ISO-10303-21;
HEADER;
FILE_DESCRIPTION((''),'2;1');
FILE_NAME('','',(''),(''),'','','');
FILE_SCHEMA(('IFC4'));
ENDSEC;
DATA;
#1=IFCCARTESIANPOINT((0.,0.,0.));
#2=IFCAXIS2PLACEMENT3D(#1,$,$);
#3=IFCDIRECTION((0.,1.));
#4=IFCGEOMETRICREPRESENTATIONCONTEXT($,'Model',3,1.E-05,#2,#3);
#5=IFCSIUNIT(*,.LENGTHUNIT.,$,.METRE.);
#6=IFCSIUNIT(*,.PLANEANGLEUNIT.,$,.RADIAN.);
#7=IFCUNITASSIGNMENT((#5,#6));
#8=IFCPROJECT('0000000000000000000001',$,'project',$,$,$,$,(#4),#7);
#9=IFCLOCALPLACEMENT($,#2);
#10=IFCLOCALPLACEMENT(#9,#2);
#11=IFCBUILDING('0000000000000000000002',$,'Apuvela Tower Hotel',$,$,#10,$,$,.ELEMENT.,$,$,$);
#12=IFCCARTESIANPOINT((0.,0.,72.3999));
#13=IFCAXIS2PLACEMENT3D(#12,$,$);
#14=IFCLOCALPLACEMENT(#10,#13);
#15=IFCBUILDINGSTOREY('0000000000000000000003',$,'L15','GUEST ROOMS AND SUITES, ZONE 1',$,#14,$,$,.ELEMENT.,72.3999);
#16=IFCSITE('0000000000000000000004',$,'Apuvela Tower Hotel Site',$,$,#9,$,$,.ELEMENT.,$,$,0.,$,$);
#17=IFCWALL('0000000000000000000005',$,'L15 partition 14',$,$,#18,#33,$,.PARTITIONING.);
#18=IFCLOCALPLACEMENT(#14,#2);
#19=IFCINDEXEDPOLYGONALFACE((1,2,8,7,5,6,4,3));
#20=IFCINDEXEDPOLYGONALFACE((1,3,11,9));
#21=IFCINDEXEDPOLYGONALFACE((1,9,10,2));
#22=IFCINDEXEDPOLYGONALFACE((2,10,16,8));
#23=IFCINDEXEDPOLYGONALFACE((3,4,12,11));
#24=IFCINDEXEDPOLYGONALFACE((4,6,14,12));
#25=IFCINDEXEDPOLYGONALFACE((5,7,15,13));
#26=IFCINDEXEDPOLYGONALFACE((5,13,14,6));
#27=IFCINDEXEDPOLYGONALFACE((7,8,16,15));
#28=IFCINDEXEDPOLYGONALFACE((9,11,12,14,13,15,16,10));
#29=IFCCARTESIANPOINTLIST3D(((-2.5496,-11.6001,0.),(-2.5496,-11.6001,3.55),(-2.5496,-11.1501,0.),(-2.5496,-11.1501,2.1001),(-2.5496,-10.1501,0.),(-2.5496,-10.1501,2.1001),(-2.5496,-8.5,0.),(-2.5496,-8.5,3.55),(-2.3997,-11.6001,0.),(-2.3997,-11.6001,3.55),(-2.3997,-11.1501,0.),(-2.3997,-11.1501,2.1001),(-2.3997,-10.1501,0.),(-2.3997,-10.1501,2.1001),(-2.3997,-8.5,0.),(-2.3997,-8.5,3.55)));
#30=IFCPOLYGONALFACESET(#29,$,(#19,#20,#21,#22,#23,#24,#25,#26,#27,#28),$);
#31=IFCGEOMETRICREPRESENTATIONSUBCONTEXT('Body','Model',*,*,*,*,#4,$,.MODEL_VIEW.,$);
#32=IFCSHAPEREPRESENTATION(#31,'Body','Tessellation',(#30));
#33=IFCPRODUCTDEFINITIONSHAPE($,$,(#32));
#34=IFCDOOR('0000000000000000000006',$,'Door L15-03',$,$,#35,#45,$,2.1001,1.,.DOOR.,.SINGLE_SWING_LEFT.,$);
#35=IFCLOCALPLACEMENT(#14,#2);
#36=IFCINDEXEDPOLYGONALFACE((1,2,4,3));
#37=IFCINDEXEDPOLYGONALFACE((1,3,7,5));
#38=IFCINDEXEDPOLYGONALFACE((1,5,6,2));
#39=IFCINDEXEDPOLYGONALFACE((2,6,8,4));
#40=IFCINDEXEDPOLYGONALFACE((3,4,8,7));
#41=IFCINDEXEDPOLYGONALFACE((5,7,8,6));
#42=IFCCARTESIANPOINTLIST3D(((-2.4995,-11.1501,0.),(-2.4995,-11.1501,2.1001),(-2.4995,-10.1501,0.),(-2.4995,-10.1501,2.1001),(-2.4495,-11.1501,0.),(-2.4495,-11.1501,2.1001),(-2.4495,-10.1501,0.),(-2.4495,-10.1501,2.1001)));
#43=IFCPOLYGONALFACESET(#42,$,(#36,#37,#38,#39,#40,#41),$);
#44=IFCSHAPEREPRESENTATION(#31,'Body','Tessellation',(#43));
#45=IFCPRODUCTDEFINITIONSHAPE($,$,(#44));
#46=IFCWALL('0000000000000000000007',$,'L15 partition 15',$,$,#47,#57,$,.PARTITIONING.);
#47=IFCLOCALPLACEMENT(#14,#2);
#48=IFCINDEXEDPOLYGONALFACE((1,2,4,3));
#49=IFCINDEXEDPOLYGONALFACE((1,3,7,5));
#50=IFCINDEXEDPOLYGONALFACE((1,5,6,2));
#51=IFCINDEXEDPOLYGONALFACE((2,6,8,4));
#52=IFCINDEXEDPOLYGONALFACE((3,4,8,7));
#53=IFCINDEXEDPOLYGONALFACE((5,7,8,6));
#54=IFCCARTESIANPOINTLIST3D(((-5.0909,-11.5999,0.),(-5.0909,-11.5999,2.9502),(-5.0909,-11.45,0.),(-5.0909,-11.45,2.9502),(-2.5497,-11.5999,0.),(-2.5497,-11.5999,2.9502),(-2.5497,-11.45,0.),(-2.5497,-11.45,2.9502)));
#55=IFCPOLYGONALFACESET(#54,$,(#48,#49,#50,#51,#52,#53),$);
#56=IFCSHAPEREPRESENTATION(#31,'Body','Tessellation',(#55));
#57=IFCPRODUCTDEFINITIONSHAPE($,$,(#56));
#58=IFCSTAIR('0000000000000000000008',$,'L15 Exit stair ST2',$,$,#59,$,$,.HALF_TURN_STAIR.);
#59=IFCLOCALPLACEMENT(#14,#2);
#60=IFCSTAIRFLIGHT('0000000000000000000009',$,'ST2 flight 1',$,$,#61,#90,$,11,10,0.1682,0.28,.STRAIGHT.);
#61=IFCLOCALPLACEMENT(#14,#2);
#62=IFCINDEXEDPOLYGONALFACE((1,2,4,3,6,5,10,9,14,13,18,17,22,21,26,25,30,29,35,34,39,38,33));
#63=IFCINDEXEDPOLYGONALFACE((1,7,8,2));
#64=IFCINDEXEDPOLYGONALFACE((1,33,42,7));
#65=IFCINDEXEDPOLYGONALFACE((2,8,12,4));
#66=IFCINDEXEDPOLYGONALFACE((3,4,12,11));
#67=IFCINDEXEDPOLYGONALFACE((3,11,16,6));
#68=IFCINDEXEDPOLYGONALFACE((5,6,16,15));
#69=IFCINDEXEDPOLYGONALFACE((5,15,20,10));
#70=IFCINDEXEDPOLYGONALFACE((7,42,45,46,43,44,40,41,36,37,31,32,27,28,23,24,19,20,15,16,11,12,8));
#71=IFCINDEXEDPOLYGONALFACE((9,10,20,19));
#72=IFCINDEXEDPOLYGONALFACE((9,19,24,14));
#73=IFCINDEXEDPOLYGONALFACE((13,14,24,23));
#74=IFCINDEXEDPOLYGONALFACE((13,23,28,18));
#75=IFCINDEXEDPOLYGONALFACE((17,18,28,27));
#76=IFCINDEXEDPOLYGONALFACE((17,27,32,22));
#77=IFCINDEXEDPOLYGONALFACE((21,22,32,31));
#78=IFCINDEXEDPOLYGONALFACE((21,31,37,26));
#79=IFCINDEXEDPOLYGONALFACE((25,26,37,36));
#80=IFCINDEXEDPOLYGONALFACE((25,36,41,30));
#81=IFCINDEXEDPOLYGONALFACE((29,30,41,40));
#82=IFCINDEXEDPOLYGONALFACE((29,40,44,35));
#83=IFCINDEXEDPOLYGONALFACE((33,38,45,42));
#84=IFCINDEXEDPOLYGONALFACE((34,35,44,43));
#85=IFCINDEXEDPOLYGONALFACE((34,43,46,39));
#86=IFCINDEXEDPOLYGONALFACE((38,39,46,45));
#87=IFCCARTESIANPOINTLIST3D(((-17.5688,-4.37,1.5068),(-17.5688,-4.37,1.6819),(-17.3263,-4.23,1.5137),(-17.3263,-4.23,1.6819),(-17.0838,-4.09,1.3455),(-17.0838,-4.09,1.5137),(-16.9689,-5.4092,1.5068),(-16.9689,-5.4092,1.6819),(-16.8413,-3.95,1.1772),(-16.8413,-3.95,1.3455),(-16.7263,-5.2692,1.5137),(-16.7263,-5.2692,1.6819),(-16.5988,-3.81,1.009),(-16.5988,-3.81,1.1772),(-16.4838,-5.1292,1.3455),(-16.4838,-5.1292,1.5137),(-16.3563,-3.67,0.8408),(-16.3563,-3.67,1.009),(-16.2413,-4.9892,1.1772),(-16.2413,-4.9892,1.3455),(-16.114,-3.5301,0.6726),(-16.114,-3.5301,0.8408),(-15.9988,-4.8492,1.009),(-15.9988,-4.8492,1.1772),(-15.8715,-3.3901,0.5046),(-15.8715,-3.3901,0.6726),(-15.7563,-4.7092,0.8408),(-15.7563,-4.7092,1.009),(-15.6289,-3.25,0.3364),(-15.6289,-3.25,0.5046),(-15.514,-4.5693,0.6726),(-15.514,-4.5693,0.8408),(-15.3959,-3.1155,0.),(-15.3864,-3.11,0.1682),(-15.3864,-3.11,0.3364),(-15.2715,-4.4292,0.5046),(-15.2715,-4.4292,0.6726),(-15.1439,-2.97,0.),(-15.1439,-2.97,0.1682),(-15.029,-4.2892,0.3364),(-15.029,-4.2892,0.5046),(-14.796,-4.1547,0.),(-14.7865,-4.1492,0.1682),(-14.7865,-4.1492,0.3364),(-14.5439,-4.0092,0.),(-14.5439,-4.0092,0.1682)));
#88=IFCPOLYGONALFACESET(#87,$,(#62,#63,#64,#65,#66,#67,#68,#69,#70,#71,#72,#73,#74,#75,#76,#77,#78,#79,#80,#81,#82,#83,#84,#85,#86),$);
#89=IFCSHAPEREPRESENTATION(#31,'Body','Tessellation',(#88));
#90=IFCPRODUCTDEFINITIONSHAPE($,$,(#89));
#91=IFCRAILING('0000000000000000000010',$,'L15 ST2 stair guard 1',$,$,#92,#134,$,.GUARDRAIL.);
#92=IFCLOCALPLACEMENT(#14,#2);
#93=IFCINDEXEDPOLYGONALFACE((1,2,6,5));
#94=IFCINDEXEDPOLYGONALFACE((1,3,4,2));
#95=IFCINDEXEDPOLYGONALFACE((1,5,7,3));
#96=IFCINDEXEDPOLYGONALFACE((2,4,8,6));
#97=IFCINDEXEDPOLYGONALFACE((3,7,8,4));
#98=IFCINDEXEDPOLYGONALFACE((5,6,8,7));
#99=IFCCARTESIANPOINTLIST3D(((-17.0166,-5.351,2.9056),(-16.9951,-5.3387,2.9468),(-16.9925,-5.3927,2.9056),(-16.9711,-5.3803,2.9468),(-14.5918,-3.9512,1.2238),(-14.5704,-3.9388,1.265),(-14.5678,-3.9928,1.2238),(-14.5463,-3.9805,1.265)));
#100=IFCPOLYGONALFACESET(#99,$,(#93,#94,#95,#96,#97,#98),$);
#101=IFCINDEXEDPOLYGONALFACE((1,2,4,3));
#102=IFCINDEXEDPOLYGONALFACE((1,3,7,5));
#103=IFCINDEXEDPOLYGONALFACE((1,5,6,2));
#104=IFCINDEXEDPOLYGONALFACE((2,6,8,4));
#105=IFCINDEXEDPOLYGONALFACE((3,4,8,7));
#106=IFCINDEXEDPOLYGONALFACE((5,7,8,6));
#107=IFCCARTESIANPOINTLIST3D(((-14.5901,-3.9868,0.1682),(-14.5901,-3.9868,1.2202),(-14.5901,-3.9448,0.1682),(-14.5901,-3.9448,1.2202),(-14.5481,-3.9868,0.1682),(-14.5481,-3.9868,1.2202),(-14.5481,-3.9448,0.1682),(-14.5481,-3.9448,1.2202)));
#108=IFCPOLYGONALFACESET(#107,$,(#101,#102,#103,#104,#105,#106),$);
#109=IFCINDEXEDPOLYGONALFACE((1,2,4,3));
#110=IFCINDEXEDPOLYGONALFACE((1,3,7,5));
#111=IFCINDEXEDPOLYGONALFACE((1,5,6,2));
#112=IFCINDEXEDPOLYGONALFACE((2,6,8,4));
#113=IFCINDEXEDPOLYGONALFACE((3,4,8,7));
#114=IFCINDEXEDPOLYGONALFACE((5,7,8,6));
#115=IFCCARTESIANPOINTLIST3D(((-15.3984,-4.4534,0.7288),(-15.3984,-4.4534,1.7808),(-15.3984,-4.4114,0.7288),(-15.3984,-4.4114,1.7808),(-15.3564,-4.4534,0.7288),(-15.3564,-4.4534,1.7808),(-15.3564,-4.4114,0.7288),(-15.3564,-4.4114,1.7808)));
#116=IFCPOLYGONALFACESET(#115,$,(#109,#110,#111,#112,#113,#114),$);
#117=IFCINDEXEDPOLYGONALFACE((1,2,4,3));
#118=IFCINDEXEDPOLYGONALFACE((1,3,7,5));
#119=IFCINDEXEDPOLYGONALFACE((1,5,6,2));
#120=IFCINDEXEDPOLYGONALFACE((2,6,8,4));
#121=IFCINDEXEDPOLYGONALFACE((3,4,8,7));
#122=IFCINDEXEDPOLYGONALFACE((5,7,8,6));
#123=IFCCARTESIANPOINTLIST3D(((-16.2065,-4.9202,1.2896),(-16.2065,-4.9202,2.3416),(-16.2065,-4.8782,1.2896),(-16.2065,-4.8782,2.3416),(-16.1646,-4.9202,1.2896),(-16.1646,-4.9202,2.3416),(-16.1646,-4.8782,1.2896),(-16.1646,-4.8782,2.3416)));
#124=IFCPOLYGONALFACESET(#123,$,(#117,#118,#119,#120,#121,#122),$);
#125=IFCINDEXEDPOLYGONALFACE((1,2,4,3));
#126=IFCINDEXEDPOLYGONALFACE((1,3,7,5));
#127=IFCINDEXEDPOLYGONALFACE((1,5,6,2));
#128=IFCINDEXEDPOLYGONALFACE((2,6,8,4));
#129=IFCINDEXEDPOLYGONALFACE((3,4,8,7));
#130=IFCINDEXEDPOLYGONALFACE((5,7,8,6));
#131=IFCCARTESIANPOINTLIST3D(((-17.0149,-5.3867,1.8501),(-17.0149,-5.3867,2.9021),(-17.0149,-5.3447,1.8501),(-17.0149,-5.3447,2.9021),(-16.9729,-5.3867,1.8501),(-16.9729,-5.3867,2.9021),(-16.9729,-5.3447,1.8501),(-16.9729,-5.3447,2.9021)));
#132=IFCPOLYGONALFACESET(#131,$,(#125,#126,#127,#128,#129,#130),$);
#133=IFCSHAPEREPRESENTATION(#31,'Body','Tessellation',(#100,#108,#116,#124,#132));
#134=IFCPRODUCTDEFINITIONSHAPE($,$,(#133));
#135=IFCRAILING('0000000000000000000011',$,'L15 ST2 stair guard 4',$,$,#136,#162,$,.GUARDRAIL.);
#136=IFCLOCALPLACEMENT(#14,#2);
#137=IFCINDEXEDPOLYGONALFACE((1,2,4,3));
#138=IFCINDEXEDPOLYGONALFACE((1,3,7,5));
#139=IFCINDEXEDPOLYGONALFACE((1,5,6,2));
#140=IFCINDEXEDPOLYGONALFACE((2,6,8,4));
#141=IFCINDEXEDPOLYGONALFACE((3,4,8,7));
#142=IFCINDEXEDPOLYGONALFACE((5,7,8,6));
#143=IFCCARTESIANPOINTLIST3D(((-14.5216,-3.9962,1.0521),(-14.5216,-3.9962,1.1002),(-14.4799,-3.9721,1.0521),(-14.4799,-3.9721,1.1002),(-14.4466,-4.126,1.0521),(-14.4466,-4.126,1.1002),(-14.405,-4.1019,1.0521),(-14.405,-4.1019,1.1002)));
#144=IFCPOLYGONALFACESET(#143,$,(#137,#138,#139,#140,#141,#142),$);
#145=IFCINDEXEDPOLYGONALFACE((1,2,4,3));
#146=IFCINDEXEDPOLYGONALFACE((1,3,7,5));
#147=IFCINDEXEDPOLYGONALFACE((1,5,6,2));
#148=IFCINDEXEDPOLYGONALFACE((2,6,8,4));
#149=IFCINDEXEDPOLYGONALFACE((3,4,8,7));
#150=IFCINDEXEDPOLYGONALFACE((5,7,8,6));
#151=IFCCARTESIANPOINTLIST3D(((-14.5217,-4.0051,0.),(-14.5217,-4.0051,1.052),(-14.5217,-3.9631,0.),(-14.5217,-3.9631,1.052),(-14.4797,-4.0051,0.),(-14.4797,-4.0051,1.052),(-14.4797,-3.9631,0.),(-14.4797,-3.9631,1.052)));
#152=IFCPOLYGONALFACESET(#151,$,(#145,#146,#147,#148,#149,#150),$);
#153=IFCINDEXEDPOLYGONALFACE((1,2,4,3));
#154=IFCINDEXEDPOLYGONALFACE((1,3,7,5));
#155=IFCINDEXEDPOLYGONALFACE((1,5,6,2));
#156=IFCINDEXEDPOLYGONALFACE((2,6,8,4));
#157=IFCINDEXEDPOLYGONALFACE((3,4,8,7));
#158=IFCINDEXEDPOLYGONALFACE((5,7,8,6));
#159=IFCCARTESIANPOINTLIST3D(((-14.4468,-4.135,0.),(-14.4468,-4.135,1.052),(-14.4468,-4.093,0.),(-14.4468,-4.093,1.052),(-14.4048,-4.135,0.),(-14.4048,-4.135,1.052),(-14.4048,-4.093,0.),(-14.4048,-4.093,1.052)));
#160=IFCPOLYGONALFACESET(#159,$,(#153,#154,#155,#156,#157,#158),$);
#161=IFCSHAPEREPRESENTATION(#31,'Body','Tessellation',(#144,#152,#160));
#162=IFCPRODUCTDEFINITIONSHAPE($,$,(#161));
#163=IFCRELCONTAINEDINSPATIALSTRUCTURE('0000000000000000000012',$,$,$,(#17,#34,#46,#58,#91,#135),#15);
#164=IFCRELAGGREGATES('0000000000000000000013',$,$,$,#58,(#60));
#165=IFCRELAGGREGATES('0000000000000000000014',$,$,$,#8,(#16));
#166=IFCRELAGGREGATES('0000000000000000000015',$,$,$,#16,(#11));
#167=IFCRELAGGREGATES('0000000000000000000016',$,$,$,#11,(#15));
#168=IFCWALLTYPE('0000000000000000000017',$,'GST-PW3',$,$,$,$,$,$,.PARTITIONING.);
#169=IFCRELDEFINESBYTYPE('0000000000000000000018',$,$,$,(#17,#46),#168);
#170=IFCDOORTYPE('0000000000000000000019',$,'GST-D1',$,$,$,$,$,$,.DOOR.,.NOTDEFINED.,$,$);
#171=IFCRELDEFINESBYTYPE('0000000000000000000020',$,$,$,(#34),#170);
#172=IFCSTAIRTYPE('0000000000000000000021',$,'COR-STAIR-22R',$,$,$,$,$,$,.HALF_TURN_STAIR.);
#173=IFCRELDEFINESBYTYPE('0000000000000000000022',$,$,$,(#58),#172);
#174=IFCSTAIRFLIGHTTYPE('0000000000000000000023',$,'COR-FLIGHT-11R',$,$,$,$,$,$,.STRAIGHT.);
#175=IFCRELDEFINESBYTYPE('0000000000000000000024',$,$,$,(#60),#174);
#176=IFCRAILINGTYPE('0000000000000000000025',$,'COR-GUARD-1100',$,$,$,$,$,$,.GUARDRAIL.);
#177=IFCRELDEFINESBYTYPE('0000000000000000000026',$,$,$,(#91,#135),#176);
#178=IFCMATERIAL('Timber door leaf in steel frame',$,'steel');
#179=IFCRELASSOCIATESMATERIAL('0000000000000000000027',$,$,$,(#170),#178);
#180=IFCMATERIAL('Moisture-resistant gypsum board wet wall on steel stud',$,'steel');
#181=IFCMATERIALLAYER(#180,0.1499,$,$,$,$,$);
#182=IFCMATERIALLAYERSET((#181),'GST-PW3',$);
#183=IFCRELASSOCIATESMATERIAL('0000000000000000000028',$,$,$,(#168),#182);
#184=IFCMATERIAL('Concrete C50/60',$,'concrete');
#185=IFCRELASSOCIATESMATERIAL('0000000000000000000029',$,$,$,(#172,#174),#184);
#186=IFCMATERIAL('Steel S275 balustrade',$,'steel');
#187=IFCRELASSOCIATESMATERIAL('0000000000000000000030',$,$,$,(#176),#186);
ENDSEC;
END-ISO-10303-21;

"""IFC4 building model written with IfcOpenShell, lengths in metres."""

from ifc_helpers import new_model, si_unit, direction, frame, frame_2d, origin, origin_2d, place, context, subcontext, project, spatial, polyline, rectangle, outline, extrude, material, layer, layer_set, type_object, element, fill, aggregate, save


model = new_model("IFC4")

# Units and contexts
model_context = context("Model", 3, precision=1e-05, world=origin(), true_north=direction((0.0, 1.0)))
body_context = subcontext(model_context, "Body", "Model", "MODEL_VIEW")
ifc_project = project(units=[si_unit("LENGTHUNIT", "METRE"), si_unit("PLANEANGLEUNIT", "RADIAN")], contexts=[model_context])

# Site, building, storey
site_placement = place(None, origin())
site = spatial("IfcSite", under=ifc_project, at=site_placement, Name="Apuvela Tower Hotel Site", CompositionType="ELEMENT", RefElevation=0.0)
building_placement = place(site_placement, origin())
building = spatial("IfcBuilding", under=site, at=building_placement, Name="Apuvela Tower Hotel", CompositionType="ELEMENT")
storey_placement = place(building_placement, frame((0.0, 0.0, 72.3999)))
storey = spatial("IfcBuildingStorey", under=building, at=storey_placement, Name="L15", Description="GUEST ROOMS AND SUITES, ZONE 1", CompositionType="ELEMENT", Elevation=72.3999)

# Shared definitions
ifc_material_1 = material(Name="Concrete C50/60", Category="concrete")

# Wall, opening, door
ifc_material_2 = material(Name="Timber door leaf in steel frame", Category="steel")
door_type_1 = type_object("IfcDoorType", Name="GST-D1", OperationType="NOTDEFINED", PredefinedType="DOOR", material=ifc_material_2)
ifc_material_3 = material(Name="Moisture-resistant gypsum board wet wall on steel stud", Category="steel")
ifc_layer_1 = layer(ifc_material_3, 0.1499)
ifc_layer_set_1 = layer_set([ifc_layer_1], Name="GST-PW3")
wall_type_1 = type_object("IfcWallType", Name="GST-PW3", PredefinedType="PARTITIONING", material=ifc_layer_set_1)
wall_1_placement = place(storey_placement, frame((-2.4746, -11.6001, 0.0), z_axis=(0.0, 0.0, 1.0), x_axis=(0.0, 1.0, 0.0)))
wall_1 = element("IfcWall", 1, at=wall_1_placement, inside=storey, type_object=wall_type_1, Name="L15 partition 14", PredefinedType="PARTITIONING", context=body_context, shape_type="SweptSolid", body=[
    extrude(rectangle(XDim=3.1001, YDim=0.1499, at=frame_2d((1.55, 0.0))), origin(), (0.0, 0.0, 1.0), 3.55),
])
opening_1_placement = place(wall_1_placement, frame((0.45, 0.0, 0.0)))
opening_1 = element("IfcOpeningElement", 2, at=opening_1_placement, cuts=wall_1, PredefinedType="OPENING", context=body_context, shape_type="SweptSolid", body=[
    extrude(rectangle(XDim=1.0, YDim=2.1001, at=frame_2d((0.5, 1.05))), frame((0.0, 0.085, 0.0), z_axis=(0.0, -1.0, 0.0), x_axis=(1.0, 0.0, 0.0)), (0.0, 0.0, 1.0), 0.1699),
])
door_1_placement = place(opening_1_placement, origin())
door_1 = element("IfcDoor", 3, at=door_1_placement, inside=storey, type_object=door_type_1, Name="Door L15-03", OperationType="SINGLE_SWING_LEFT", OverallHeight=2.1001, OverallWidth=1.0, PredefinedType="DOOR", context=body_context, shape_type="SweptSolid", body=[
    extrude(rectangle(XDim=1.0, YDim=2.1001, at=frame_2d((0.5, 1.05))), frame((0.0, 0.0249, 0.0), z_axis=(0.0, -1.0, 0.0), x_axis=(1.0, 0.0, 0.0)), (0.0, 0.0, 1.0), 0.05),
])
fill(opening_1, door_1)

# Wall
wall_2_placement = place(storey_placement, frame((-5.0908, -11.5249, 0.0), z_axis=(0.0, 0.0, 1.0), x_axis=(1.0, 0.0, 0.0)))
element("IfcWall", 4, at=wall_2_placement, inside=storey, type_object=wall_type_1, Name="L15 partition 15", PredefinedType="PARTITIONING", context=body_context, shape_type="SweptSolid", body=[
    extrude(rectangle(XDim=2.5413, YDim=0.1499, at=frame_2d((1.2705, 0.0))), origin(), (0.0, 0.0, 1.0), 2.9502),
])

# Stair, stair flight
stair_type = type_object("IfcStairType", Name="COR-STAIR-22R", PredefinedType="HALF_TURN_STAIR", material=ifc_material_1)
stair_placement = place(storey_placement, origin())
stair = element("IfcStair", 5, at=stair_placement, inside=storey, type_object=stair_type, Name="L15 Exit stair ST2", PredefinedType="HALF_TURN_STAIR")
stair_flight_type = type_object("IfcStairFlightType", Name="COR-FLIGHT-11R", PredefinedType="STRAIGHT", material=ifc_material_1)
stair_flight_placement = place(storey_placement, frame((-14.844, -3.4895, 0.0), z_axis=(0.0, 0.0, 1.0), x_axis=(-0.866025, -0.5, 0.0)))
stair_flight = element("IfcStairFlight", 6, at=stair_flight_placement, type_object=stair_flight_type, Name="ST2 flight 1", NumberOfRisers=11, NumberOfTreads=10, PredefinedType="STRAIGHT", RiserHeight=0.1682, TreadLength=0.28, context=body_context, shape_type="SweptSolid", body=[
    extrude(outline(polyline([(0.0, 0.0), (0.0, 0.1682), (0.28, 0.1682), (0.28, 0.3364), (0.5601, 0.3364), (0.5601, 0.5046), (0.8401, 0.5046), (0.8401, 0.6726), (1.1201, 0.6726), (1.1201, 0.8408), (1.3999, 0.8408), (1.3999, 1.009), (1.6799, 1.009), (1.6799, 1.1772), (1.96, 1.1772), (1.96, 1.3455), (2.24, 1.3455), (2.24, 1.5137), (2.52, 1.5137), (2.52, 1.6819), (2.8, 1.6819), (2.8, 1.8501), (2.8, 1.5068), (0.291, 0.0), (0.0, 0.0)])), frame((0.0, 0.6001, 0.0), z_axis=(0.0, -1.0, 0.0), x_axis=(1.0, 0.0, 0.0)), (0.0, 0.0, 1.0), 1.2),
])
aggregate(stair, [stair_flight])

# Railings
ifc_material_4 = material(Name="Steel S275 balustrade", Category="steel")
railing_type = type_object("IfcRailingType", Name="COR-GUARD-1100", PredefinedType="GUARDRAIL", material=ifc_material_4)
railing_1_placement = place(storey_placement, frame((-14.5691, -3.9658, 0.1682)))
element("IfcRailing", 7, at=railing_1_placement, inside=storey, type_object=railing_type, Name="L15 ST2 stair guard 1", PredefinedType="GUARDRAIL", context=body_context, shape_type="SweptSolid", body=[
    extrude(rectangle(XDim=0.0481, YDim=0.0481, at=origin_2d()), frame((0.0, 0.0, 1.0762), z_axis=(-0.74239, -0.428601, 0.514934), x_axis=(0.499984, -0.866035, 0.0)), (0.0, 0.0, 1.0), 3.2661),
    extrude(rectangle(XDim=0.042, YDim=0.042, at=origin_2d()), origin(), (0.0, 0.0, 1.0), 1.052),
    extrude(rectangle(XDim=0.042, YDim=0.042, at=origin_2d()), frame((-0.8083, -0.4666, 0.5605)), (0.0, 0.0, 1.0), 1.052),
    extrude(rectangle(XDim=0.042, YDim=0.042, at=origin_2d()), frame((-1.6165, -0.9333, 1.1213)), (0.0, 0.0, 1.0), 1.052),
    extrude(rectangle(XDim=0.042, YDim=0.042, at=origin_2d()), frame((-2.4248, -1.3999, 1.6819)), (0.0, 0.0, 1.0), 1.052),
])
railing_2_placement = place(storey_placement, frame((-14.5007, -3.9841, 0.0)))
element("IfcRailing", 8, at=railing_2_placement, inside=storey, type_object=railing_type, Name="L15 ST2 stair guard 4", PredefinedType="GUARDRAIL", context=body_context, shape_type="SweptSolid", body=[
    extrude(rectangle(XDim=0.0481, YDim=0.0481, at=origin_2d()), frame((0.0, 0.0, 1.0762), z_axis=(0.499816, -0.866131, 0.0), x_axis=(0.866131, 0.499816, 0.0)), (0.0, 0.0, 1.0), 0.1499),
    extrude(rectangle(XDim=0.042, YDim=0.042, at=origin_2d()), origin(), (0.0, 0.0, 1.0), 1.052),
    extrude(rectangle(XDim=0.042, YDim=0.042, at=origin_2d()), frame((0.075, -0.1299, 0.0)), (0.0, 0.0, 1.0), 1.052),
])

save(model, "model.ifc")
